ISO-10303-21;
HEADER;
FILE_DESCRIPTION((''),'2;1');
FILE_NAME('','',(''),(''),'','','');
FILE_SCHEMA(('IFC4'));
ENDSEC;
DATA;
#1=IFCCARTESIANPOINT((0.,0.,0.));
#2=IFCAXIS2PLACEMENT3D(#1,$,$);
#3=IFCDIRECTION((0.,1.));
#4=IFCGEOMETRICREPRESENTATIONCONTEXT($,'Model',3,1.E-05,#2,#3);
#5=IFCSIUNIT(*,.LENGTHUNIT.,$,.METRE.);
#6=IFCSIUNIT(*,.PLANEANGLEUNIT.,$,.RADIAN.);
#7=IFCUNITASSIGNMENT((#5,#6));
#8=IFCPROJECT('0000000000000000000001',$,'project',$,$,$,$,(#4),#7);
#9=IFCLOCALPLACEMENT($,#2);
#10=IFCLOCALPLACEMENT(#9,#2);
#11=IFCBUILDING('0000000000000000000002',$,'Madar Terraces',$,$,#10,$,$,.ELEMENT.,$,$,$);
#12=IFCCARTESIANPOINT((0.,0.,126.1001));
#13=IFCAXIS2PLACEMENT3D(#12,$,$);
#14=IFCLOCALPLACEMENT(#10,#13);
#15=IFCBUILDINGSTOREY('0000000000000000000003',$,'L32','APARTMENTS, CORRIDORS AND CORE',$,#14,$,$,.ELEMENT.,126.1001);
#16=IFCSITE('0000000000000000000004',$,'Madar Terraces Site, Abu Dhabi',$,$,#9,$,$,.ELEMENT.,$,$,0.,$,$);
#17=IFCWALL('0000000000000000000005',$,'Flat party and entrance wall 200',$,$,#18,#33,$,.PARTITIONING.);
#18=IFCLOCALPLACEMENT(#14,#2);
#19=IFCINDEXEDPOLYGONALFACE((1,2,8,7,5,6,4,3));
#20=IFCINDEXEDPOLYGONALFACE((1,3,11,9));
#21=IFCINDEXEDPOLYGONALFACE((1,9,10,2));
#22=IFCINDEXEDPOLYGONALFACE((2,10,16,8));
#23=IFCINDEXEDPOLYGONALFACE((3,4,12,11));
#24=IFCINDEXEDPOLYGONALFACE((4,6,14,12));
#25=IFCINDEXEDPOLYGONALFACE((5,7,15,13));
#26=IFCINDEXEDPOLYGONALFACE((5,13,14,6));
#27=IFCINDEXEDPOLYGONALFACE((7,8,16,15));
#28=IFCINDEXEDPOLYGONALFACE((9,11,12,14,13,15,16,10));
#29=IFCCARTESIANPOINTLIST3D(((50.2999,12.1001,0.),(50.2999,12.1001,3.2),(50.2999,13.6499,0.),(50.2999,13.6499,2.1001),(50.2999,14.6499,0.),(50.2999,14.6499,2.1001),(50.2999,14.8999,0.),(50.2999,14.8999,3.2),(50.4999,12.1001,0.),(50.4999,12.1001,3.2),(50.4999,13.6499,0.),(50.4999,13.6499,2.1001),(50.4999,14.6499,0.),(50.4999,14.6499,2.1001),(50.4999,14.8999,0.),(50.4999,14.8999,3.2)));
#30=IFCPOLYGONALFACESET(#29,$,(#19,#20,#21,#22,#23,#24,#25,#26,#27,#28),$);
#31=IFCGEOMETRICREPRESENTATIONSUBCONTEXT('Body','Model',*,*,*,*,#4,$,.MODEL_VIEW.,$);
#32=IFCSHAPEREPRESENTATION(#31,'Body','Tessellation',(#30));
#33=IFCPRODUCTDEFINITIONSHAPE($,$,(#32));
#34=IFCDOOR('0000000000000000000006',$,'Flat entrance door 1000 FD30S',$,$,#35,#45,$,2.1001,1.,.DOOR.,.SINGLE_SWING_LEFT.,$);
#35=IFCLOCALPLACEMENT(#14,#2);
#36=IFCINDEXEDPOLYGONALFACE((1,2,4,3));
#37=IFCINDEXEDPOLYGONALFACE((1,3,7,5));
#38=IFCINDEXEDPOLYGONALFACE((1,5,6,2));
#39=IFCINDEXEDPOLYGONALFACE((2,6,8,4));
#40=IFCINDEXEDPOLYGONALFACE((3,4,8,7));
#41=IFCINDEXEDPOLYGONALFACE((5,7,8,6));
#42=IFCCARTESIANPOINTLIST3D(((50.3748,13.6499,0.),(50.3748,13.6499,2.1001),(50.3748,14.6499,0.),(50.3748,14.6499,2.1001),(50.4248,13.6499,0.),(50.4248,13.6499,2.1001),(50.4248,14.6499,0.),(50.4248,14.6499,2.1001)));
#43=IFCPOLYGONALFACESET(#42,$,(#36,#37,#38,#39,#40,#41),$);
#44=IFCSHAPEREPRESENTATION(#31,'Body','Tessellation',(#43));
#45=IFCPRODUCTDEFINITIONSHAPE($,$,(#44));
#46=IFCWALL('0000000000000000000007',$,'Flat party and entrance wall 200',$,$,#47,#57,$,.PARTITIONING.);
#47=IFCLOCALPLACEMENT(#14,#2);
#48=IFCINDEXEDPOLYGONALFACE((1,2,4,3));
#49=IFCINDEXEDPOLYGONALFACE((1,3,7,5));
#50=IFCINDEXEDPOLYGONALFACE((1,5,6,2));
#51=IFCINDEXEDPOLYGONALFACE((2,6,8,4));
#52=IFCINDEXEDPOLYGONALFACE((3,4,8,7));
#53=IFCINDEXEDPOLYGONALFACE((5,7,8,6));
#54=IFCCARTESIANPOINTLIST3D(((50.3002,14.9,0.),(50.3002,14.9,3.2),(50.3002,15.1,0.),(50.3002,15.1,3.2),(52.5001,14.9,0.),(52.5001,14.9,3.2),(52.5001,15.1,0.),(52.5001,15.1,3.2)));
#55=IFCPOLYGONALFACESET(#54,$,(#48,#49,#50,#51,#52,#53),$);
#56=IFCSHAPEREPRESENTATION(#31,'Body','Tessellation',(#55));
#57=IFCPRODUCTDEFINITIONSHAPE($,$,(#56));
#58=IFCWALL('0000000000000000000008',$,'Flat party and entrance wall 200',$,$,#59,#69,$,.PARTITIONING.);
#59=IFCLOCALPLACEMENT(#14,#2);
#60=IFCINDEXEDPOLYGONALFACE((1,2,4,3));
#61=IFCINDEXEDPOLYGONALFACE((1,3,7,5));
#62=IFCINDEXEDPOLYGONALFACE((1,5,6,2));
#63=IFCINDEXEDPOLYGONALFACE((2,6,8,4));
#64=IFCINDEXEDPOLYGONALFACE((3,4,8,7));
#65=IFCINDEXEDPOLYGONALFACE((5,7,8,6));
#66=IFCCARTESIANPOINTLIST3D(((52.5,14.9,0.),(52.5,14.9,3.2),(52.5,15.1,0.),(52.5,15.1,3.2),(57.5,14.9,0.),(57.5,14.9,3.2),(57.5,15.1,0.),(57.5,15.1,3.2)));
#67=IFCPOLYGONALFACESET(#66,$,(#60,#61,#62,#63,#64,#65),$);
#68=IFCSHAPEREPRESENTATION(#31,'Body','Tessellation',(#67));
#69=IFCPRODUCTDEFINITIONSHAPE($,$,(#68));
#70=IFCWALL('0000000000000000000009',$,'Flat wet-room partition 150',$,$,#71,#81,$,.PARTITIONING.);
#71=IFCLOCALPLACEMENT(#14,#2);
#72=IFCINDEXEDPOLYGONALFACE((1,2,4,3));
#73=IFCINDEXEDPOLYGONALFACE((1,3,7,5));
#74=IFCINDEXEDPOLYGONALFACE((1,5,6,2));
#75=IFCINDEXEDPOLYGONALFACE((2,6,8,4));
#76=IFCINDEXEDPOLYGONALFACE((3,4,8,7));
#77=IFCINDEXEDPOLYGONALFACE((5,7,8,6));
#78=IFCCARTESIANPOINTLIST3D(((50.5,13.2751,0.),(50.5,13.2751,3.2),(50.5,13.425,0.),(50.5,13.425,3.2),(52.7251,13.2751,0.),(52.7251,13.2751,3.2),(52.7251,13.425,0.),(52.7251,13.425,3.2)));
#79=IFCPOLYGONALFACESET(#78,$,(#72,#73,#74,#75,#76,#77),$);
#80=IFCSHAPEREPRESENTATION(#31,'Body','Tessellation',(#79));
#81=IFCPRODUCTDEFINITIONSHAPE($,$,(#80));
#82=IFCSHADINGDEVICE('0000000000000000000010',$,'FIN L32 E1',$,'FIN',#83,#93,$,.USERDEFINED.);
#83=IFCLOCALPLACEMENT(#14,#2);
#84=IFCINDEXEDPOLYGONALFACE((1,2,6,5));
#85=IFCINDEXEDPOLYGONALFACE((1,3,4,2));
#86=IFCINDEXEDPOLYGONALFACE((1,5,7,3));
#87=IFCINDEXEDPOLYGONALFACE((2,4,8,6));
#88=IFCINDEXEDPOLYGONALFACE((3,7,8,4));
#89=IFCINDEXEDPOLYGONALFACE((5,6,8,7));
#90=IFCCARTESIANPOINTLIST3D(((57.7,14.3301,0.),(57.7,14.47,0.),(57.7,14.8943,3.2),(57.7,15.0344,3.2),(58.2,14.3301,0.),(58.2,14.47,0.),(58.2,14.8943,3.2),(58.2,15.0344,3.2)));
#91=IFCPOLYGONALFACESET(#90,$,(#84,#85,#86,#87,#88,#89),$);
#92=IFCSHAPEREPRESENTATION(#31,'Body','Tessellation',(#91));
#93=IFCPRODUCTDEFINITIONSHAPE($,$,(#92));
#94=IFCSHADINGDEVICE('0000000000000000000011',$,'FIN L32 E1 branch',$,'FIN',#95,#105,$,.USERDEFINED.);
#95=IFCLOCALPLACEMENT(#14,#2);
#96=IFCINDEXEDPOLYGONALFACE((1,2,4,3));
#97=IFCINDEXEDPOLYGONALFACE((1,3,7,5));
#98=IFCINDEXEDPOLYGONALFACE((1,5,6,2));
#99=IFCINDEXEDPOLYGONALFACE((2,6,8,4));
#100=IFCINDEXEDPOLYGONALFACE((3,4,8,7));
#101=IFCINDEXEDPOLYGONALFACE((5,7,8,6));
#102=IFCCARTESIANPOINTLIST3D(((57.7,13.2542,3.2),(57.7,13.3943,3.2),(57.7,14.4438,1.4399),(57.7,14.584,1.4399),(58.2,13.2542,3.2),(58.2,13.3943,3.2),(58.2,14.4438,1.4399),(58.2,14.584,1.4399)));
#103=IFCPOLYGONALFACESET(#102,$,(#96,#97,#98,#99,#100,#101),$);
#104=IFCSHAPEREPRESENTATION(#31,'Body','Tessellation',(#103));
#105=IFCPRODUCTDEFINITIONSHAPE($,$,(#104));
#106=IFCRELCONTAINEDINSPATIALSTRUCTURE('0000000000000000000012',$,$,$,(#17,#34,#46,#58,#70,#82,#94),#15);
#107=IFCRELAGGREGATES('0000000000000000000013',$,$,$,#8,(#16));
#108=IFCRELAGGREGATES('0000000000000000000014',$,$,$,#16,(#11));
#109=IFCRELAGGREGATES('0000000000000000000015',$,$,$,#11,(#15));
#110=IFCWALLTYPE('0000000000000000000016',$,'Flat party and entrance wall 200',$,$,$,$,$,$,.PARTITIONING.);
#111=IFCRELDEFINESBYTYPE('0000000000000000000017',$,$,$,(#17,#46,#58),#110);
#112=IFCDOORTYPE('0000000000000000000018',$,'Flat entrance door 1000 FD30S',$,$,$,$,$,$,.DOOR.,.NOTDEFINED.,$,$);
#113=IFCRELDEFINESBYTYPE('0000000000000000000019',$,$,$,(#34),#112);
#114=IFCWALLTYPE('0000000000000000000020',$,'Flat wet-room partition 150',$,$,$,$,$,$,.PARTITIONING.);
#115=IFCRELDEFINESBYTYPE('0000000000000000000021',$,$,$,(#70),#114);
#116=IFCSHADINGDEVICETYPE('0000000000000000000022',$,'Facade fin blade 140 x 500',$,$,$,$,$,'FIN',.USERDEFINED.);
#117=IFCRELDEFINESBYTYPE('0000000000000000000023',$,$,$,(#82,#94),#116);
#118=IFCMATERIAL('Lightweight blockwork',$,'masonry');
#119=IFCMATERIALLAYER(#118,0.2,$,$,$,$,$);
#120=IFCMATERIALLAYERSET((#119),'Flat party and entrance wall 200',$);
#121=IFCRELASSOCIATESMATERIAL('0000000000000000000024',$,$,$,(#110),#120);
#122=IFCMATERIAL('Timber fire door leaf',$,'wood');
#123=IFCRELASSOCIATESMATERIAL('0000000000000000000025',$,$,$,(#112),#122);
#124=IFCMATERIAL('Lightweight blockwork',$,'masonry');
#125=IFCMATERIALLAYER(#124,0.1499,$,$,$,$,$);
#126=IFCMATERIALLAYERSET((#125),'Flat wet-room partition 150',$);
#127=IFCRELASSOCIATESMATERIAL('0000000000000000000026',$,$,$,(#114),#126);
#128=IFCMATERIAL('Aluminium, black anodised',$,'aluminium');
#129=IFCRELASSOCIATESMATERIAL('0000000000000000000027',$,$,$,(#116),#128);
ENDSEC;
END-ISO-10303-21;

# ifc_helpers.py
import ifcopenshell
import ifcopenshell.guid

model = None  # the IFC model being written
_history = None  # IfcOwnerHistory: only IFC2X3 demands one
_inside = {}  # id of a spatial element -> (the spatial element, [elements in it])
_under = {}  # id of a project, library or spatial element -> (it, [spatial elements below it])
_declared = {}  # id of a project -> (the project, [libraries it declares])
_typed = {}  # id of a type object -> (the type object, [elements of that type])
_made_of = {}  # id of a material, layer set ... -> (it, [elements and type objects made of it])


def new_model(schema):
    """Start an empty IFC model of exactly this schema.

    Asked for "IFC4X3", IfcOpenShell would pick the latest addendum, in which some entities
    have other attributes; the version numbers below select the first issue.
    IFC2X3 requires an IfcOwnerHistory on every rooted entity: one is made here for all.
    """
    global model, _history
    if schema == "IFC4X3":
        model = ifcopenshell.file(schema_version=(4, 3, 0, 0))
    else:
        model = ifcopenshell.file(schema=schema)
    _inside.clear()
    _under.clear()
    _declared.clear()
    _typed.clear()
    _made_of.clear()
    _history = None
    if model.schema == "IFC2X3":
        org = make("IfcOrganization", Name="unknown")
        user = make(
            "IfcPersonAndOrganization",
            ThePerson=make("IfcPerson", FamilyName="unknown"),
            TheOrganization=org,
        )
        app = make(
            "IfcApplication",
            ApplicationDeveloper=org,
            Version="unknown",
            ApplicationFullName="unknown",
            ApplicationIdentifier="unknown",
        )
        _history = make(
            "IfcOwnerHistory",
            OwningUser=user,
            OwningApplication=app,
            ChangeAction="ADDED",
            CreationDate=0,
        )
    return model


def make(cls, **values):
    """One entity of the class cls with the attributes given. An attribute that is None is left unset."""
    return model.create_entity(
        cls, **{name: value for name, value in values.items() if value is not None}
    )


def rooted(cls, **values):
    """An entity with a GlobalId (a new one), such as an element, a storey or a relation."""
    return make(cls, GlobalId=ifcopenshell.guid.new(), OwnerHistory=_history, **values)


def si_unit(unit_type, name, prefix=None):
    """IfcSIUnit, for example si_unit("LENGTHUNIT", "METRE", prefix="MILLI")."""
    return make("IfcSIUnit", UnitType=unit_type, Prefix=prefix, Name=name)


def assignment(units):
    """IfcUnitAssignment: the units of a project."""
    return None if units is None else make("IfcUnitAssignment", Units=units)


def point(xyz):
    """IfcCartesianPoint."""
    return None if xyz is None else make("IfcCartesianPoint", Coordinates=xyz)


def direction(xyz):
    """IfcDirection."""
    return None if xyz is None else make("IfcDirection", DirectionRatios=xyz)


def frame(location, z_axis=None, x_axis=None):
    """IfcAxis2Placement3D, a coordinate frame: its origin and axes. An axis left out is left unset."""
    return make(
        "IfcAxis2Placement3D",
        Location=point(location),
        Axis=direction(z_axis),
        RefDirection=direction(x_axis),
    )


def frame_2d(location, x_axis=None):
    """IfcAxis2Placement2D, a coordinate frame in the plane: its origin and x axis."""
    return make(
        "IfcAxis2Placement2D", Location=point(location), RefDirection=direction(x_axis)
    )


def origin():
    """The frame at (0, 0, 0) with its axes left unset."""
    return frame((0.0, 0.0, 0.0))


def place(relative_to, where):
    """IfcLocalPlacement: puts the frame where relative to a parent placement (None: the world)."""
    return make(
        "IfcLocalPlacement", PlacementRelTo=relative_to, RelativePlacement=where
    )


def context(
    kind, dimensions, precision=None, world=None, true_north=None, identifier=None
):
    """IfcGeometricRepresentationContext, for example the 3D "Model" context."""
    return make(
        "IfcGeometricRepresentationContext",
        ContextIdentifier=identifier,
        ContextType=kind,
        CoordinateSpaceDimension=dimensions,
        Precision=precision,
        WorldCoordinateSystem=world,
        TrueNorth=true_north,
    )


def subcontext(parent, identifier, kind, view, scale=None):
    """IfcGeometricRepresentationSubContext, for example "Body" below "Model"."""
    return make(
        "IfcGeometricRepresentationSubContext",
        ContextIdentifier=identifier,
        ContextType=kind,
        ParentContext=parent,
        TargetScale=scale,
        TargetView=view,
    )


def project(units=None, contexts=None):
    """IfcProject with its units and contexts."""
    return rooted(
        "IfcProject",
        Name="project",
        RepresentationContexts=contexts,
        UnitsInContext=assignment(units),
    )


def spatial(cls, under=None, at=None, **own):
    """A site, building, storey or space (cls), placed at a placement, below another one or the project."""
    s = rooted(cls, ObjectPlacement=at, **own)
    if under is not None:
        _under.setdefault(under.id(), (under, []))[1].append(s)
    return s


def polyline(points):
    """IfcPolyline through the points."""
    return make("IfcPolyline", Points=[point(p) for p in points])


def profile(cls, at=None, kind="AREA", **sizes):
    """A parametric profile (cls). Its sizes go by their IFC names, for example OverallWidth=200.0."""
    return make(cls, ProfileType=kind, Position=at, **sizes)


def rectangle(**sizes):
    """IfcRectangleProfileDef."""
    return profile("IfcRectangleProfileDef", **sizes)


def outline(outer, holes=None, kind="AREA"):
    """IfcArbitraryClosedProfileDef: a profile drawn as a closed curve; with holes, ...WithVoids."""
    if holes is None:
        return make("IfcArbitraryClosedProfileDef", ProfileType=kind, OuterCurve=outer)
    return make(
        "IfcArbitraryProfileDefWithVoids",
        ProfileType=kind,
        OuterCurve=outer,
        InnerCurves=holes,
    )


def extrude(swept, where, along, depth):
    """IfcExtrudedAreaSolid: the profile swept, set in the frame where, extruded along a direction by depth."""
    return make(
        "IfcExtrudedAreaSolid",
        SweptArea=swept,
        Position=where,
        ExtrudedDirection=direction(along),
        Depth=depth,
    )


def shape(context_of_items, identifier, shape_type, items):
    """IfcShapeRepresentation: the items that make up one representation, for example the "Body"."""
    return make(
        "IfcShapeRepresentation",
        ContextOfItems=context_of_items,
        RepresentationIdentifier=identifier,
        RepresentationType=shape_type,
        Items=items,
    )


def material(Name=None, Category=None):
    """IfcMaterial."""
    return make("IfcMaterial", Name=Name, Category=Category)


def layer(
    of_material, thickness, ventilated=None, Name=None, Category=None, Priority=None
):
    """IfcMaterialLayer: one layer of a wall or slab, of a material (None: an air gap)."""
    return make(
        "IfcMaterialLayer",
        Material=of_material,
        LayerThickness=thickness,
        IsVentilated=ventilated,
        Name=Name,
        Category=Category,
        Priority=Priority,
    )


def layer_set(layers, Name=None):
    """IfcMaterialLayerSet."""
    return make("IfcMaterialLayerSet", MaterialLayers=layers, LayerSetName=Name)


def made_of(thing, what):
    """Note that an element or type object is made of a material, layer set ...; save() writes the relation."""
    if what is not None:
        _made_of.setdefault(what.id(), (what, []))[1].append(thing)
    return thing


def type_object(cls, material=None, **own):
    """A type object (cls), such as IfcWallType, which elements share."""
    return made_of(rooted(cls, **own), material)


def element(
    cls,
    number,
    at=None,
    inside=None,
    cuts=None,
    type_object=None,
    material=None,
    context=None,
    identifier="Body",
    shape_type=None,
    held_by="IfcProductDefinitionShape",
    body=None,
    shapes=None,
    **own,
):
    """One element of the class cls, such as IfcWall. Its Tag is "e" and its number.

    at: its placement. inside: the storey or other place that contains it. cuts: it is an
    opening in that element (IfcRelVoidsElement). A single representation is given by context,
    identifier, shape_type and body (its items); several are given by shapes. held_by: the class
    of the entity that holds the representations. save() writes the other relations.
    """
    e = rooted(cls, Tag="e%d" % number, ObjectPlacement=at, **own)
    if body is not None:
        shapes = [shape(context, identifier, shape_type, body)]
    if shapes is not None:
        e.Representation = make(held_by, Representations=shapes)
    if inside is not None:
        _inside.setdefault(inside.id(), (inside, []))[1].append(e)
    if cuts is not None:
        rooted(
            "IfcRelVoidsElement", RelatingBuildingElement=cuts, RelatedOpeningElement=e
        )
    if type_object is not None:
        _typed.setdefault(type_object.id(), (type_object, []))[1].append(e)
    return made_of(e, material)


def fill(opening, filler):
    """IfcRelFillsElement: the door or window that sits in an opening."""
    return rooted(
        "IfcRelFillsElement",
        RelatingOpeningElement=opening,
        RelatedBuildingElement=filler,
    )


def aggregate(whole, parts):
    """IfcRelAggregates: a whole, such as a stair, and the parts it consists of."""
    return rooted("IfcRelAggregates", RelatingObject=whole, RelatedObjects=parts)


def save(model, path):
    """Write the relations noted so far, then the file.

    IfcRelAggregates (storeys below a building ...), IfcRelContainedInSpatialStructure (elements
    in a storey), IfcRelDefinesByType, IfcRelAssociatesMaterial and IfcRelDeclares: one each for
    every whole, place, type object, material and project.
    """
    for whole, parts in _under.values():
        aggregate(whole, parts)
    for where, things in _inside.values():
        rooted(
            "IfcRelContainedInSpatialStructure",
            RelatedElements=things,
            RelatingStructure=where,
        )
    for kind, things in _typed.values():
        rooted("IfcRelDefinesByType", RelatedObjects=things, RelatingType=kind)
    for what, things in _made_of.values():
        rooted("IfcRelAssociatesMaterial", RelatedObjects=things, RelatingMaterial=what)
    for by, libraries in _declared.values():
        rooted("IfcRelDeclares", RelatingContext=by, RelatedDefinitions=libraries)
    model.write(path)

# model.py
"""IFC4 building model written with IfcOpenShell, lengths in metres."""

from ifc_helpers import new_model, si_unit, direction, frame, frame_2d, origin, place, context, subcontext, project, spatial, polyline, rectangle, outline, extrude, material, layer, layer_set, type_object, element, fill, save


model = new_model("IFC4")

# Units and contexts
model_context = context("Model", 3, precision=1e-05, world=origin(), true_north=direction((0.0, 1.0)))
body_context = subcontext(model_context, "Body", "Model", "MODEL_VIEW")
ifc_project = project(units=[si_unit("LENGTHUNIT", "METRE"), si_unit("PLANEANGLEUNIT", "RADIAN")], contexts=[model_context])

# Site, building, storey
site_placement = place(None, origin())
site = spatial("IfcSite", under=ifc_project, at=site_placement, Name="Madar Terraces Site, Abu Dhabi", CompositionType="ELEMENT", RefElevation=0.0)
building_placement = place(site_placement, origin())
building = spatial("IfcBuilding", under=site, at=building_placement, Name="Madar Terraces", CompositionType="ELEMENT")
storey_placement = place(building_placement, frame((0.0, 0.0, 126.1001)))
storey = spatial("IfcBuildingStorey", under=building, at=storey_placement, Name="L32", Description="APARTMENTS, CORRIDORS AND CORE", CompositionType="ELEMENT", Elevation=126.1001)

# Shared definitions
ifc_material_1 = material(Name="Lightweight blockwork", Category="masonry")
ifc_layer_1 = layer(ifc_material_1, 0.2)
ifc_layer_set_1 = layer_set([ifc_layer_1], Name="Flat party and entrance wall 200")
wall_type_1 = type_object("IfcWallType", Name="Flat party and entrance wall 200", PredefinedType="PARTITIONING", material=ifc_layer_set_1)
ifc_material_2 = material(Name="Timber fire door leaf", Category="wood")
door_type_1 = type_object("IfcDoorType", Name="Flat entrance door 1000 FD30S", OperationType="NOTDEFINED", PredefinedType="DOOR", material=ifc_material_2)

# Wall, opening, door
wall_1_placement = place(storey_placement, frame((50.3999, 14.8999, 0.0), z_axis=(0.0, 0.0, 1.0), x_axis=(0.0, -1.0, 0.0)))
wall_1 = element("IfcWall", 1, at=wall_1_placement, inside=storey, type_object=wall_type_1, Name="Flat party and entrance wall 200", PredefinedType="PARTITIONING", context=body_context, shape_type="SweptSolid", body=[
    extrude(rectangle(XDim=2.7998, YDim=0.2, at=frame_2d((1.3999, 0.0))), origin(), (0.0, 0.0, 1.0), 3.2),
])
opening_1_placement = place(wall_1_placement, frame((0.25, 0.0, 0.0)))
opening_1 = element("IfcOpeningElement", 2, at=opening_1_placement, cuts=wall_1, PredefinedType="OPENING", context=body_context, shape_type="SweptSolid", body=[
    extrude(rectangle(XDim=1.0, YDim=2.1001, at=frame_2d((0.5, 1.05))), frame((0.0, 0.1099, 0.0), z_axis=(0.0, -1.0, 0.0), x_axis=(1.0, 0.0, 0.0)), (0.0, 0.0, 1.0), 0.22),
])
door_1_placement = place(opening_1_placement, origin())
door_1 = element("IfcDoor", 3, at=door_1_placement, inside=storey, type_object=door_type_1, Name="Flat entrance door 1000 FD30S", OperationType="SINGLE_SWING_LEFT", OverallHeight=2.1001, OverallWidth=1.0, PredefinedType="DOOR", context=body_context, shape_type="SweptSolid", body=[
    extrude(rectangle(XDim=1.0, YDim=2.1001, at=frame_2d((0.5, 1.05))), frame((0.0, 0.0249, 0.0), z_axis=(0.0, -1.0, 0.0), x_axis=(1.0, 0.0, 0.0)), (0.0, 0.0, 1.0), 0.05),
])
fill(opening_1, door_1)

# Walls
wall_2_placement = place(storey_placement, frame((50.3, 15.0, 0.0), z_axis=(0.0, 0.0, 1.0), x_axis=(1.0, 0.0, 0.0)))
element("IfcWall", 4, at=wall_2_placement, inside=storey, type_object=wall_type_1, Name="Flat party and entrance wall 200", PredefinedType="PARTITIONING", context=body_context, shape_type="SweptSolid", body=[
    extrude(rectangle(XDim=2.2, YDim=0.2, at=frame_2d((1.1001, 0.0))), origin(), (0.0, 0.0, 1.0), 3.2),
])
wall_3_placement = place(storey_placement, frame((52.5, 15.0, 0.0), z_axis=(0.0, 0.0, 1.0), x_axis=(1.0, 0.0, 0.0)))
element("IfcWall", 5, at=wall_3_placement, inside=storey, type_object=wall_type_1, Name="Flat party and entrance wall 200", PredefinedType="PARTITIONING", context=body_context, shape_type="SweptSolid", body=[
    extrude(rectangle(XDim=5.0, YDim=0.2, at=frame_2d((2.5, 0.0))), origin(), (0.0, 0.0, 1.0), 3.2),
])
ifc_material_3 = material(Name="Lightweight blockwork", Category="masonry")
ifc_layer_2 = layer(ifc_material_3, 0.1499)
ifc_layer_set_2 = layer_set([ifc_layer_2], Name="Flat wet-room partition 150")
wall_type_2 = type_object("IfcWallType", Name="Flat wet-room partition 150", PredefinedType="PARTITIONING", material=ifc_layer_set_2)
wall_4_placement = place(storey_placement, frame((50.5, 13.3501, 0.0), z_axis=(0.0, 0.0, 1.0), x_axis=(1.0, 0.0, 0.0)))
element("IfcWall", 6, at=wall_4_placement, inside=storey, type_object=wall_type_2, Name="Flat wet-room partition 150", PredefinedType="PARTITIONING", context=body_context, shape_type="SweptSolid", body=[
    extrude(rectangle(XDim=2.2251, YDim=0.1499, at=frame_2d((1.1125, 0.0))), origin(), (0.0, 0.0, 1.0), 3.2),
])

# Shading devices
ifc_material_4 = material(Name="Aluminium, black anodised", Category="aluminium")
shading_device_type = type_object("IfcShadingDeviceType", Name="Facade fin blade 140 x 500", ElementType="FIN", PredefinedType="USERDEFINED", material=ifc_material_4)
shading_device_1_placement = place(storey_placement, frame((57.95, 14.3301, 0.0), z_axis=(0.0, 0.0, 1.0), x_axis=(0.0, 1.0, 0.0)))
element("IfcShadingDevice", 7, at=shading_device_1_placement, inside=storey, type_object=shading_device_type, Name="FIN L32 E1", ObjectType="FIN", PredefinedType="USERDEFINED", context=body_context, shape_type="SweptSolid", body=[
    extrude(outline(polyline([(0.0, 0.0), (0.1399, 0.0), (0.7043, 3.2), (0.5642, 3.2), (0.0, 0.0)])), frame((0.0, 0.25, 0.0), z_axis=(0.0, -1.0, 0.0), x_axis=(1.0, 0.0, 0.0)), (0.0, 0.0, 1.0), 0.5),
])
shading_device_2_placement = place(storey_placement, frame((57.95, 14.4438, 1.4399), z_axis=(0.0, 0.0, 1.0), x_axis=(0.0, 1.0, 0.0)))
element("IfcShadingDevice", 8, at=shading_device_2_placement, inside=storey, type_object=shading_device_type, Name="FIN L32 E1 branch", ObjectType="FIN", PredefinedType="USERDEFINED", context=body_context, shape_type="SweptSolid", body=[
    extrude(outline(polyline([(0.0, 0.0), (0.1401, 0.0), (-1.0496, 1.76), (-1.1897, 1.76), (0.0, 0.0)])), frame((0.0, 0.25, 0.0), z_axis=(0.0, -1.0, 0.0), x_axis=(1.0, 0.0, 0.0)), (0.0, 0.0, 1.0), 0.5),
])

save(model, "model.ifc")
